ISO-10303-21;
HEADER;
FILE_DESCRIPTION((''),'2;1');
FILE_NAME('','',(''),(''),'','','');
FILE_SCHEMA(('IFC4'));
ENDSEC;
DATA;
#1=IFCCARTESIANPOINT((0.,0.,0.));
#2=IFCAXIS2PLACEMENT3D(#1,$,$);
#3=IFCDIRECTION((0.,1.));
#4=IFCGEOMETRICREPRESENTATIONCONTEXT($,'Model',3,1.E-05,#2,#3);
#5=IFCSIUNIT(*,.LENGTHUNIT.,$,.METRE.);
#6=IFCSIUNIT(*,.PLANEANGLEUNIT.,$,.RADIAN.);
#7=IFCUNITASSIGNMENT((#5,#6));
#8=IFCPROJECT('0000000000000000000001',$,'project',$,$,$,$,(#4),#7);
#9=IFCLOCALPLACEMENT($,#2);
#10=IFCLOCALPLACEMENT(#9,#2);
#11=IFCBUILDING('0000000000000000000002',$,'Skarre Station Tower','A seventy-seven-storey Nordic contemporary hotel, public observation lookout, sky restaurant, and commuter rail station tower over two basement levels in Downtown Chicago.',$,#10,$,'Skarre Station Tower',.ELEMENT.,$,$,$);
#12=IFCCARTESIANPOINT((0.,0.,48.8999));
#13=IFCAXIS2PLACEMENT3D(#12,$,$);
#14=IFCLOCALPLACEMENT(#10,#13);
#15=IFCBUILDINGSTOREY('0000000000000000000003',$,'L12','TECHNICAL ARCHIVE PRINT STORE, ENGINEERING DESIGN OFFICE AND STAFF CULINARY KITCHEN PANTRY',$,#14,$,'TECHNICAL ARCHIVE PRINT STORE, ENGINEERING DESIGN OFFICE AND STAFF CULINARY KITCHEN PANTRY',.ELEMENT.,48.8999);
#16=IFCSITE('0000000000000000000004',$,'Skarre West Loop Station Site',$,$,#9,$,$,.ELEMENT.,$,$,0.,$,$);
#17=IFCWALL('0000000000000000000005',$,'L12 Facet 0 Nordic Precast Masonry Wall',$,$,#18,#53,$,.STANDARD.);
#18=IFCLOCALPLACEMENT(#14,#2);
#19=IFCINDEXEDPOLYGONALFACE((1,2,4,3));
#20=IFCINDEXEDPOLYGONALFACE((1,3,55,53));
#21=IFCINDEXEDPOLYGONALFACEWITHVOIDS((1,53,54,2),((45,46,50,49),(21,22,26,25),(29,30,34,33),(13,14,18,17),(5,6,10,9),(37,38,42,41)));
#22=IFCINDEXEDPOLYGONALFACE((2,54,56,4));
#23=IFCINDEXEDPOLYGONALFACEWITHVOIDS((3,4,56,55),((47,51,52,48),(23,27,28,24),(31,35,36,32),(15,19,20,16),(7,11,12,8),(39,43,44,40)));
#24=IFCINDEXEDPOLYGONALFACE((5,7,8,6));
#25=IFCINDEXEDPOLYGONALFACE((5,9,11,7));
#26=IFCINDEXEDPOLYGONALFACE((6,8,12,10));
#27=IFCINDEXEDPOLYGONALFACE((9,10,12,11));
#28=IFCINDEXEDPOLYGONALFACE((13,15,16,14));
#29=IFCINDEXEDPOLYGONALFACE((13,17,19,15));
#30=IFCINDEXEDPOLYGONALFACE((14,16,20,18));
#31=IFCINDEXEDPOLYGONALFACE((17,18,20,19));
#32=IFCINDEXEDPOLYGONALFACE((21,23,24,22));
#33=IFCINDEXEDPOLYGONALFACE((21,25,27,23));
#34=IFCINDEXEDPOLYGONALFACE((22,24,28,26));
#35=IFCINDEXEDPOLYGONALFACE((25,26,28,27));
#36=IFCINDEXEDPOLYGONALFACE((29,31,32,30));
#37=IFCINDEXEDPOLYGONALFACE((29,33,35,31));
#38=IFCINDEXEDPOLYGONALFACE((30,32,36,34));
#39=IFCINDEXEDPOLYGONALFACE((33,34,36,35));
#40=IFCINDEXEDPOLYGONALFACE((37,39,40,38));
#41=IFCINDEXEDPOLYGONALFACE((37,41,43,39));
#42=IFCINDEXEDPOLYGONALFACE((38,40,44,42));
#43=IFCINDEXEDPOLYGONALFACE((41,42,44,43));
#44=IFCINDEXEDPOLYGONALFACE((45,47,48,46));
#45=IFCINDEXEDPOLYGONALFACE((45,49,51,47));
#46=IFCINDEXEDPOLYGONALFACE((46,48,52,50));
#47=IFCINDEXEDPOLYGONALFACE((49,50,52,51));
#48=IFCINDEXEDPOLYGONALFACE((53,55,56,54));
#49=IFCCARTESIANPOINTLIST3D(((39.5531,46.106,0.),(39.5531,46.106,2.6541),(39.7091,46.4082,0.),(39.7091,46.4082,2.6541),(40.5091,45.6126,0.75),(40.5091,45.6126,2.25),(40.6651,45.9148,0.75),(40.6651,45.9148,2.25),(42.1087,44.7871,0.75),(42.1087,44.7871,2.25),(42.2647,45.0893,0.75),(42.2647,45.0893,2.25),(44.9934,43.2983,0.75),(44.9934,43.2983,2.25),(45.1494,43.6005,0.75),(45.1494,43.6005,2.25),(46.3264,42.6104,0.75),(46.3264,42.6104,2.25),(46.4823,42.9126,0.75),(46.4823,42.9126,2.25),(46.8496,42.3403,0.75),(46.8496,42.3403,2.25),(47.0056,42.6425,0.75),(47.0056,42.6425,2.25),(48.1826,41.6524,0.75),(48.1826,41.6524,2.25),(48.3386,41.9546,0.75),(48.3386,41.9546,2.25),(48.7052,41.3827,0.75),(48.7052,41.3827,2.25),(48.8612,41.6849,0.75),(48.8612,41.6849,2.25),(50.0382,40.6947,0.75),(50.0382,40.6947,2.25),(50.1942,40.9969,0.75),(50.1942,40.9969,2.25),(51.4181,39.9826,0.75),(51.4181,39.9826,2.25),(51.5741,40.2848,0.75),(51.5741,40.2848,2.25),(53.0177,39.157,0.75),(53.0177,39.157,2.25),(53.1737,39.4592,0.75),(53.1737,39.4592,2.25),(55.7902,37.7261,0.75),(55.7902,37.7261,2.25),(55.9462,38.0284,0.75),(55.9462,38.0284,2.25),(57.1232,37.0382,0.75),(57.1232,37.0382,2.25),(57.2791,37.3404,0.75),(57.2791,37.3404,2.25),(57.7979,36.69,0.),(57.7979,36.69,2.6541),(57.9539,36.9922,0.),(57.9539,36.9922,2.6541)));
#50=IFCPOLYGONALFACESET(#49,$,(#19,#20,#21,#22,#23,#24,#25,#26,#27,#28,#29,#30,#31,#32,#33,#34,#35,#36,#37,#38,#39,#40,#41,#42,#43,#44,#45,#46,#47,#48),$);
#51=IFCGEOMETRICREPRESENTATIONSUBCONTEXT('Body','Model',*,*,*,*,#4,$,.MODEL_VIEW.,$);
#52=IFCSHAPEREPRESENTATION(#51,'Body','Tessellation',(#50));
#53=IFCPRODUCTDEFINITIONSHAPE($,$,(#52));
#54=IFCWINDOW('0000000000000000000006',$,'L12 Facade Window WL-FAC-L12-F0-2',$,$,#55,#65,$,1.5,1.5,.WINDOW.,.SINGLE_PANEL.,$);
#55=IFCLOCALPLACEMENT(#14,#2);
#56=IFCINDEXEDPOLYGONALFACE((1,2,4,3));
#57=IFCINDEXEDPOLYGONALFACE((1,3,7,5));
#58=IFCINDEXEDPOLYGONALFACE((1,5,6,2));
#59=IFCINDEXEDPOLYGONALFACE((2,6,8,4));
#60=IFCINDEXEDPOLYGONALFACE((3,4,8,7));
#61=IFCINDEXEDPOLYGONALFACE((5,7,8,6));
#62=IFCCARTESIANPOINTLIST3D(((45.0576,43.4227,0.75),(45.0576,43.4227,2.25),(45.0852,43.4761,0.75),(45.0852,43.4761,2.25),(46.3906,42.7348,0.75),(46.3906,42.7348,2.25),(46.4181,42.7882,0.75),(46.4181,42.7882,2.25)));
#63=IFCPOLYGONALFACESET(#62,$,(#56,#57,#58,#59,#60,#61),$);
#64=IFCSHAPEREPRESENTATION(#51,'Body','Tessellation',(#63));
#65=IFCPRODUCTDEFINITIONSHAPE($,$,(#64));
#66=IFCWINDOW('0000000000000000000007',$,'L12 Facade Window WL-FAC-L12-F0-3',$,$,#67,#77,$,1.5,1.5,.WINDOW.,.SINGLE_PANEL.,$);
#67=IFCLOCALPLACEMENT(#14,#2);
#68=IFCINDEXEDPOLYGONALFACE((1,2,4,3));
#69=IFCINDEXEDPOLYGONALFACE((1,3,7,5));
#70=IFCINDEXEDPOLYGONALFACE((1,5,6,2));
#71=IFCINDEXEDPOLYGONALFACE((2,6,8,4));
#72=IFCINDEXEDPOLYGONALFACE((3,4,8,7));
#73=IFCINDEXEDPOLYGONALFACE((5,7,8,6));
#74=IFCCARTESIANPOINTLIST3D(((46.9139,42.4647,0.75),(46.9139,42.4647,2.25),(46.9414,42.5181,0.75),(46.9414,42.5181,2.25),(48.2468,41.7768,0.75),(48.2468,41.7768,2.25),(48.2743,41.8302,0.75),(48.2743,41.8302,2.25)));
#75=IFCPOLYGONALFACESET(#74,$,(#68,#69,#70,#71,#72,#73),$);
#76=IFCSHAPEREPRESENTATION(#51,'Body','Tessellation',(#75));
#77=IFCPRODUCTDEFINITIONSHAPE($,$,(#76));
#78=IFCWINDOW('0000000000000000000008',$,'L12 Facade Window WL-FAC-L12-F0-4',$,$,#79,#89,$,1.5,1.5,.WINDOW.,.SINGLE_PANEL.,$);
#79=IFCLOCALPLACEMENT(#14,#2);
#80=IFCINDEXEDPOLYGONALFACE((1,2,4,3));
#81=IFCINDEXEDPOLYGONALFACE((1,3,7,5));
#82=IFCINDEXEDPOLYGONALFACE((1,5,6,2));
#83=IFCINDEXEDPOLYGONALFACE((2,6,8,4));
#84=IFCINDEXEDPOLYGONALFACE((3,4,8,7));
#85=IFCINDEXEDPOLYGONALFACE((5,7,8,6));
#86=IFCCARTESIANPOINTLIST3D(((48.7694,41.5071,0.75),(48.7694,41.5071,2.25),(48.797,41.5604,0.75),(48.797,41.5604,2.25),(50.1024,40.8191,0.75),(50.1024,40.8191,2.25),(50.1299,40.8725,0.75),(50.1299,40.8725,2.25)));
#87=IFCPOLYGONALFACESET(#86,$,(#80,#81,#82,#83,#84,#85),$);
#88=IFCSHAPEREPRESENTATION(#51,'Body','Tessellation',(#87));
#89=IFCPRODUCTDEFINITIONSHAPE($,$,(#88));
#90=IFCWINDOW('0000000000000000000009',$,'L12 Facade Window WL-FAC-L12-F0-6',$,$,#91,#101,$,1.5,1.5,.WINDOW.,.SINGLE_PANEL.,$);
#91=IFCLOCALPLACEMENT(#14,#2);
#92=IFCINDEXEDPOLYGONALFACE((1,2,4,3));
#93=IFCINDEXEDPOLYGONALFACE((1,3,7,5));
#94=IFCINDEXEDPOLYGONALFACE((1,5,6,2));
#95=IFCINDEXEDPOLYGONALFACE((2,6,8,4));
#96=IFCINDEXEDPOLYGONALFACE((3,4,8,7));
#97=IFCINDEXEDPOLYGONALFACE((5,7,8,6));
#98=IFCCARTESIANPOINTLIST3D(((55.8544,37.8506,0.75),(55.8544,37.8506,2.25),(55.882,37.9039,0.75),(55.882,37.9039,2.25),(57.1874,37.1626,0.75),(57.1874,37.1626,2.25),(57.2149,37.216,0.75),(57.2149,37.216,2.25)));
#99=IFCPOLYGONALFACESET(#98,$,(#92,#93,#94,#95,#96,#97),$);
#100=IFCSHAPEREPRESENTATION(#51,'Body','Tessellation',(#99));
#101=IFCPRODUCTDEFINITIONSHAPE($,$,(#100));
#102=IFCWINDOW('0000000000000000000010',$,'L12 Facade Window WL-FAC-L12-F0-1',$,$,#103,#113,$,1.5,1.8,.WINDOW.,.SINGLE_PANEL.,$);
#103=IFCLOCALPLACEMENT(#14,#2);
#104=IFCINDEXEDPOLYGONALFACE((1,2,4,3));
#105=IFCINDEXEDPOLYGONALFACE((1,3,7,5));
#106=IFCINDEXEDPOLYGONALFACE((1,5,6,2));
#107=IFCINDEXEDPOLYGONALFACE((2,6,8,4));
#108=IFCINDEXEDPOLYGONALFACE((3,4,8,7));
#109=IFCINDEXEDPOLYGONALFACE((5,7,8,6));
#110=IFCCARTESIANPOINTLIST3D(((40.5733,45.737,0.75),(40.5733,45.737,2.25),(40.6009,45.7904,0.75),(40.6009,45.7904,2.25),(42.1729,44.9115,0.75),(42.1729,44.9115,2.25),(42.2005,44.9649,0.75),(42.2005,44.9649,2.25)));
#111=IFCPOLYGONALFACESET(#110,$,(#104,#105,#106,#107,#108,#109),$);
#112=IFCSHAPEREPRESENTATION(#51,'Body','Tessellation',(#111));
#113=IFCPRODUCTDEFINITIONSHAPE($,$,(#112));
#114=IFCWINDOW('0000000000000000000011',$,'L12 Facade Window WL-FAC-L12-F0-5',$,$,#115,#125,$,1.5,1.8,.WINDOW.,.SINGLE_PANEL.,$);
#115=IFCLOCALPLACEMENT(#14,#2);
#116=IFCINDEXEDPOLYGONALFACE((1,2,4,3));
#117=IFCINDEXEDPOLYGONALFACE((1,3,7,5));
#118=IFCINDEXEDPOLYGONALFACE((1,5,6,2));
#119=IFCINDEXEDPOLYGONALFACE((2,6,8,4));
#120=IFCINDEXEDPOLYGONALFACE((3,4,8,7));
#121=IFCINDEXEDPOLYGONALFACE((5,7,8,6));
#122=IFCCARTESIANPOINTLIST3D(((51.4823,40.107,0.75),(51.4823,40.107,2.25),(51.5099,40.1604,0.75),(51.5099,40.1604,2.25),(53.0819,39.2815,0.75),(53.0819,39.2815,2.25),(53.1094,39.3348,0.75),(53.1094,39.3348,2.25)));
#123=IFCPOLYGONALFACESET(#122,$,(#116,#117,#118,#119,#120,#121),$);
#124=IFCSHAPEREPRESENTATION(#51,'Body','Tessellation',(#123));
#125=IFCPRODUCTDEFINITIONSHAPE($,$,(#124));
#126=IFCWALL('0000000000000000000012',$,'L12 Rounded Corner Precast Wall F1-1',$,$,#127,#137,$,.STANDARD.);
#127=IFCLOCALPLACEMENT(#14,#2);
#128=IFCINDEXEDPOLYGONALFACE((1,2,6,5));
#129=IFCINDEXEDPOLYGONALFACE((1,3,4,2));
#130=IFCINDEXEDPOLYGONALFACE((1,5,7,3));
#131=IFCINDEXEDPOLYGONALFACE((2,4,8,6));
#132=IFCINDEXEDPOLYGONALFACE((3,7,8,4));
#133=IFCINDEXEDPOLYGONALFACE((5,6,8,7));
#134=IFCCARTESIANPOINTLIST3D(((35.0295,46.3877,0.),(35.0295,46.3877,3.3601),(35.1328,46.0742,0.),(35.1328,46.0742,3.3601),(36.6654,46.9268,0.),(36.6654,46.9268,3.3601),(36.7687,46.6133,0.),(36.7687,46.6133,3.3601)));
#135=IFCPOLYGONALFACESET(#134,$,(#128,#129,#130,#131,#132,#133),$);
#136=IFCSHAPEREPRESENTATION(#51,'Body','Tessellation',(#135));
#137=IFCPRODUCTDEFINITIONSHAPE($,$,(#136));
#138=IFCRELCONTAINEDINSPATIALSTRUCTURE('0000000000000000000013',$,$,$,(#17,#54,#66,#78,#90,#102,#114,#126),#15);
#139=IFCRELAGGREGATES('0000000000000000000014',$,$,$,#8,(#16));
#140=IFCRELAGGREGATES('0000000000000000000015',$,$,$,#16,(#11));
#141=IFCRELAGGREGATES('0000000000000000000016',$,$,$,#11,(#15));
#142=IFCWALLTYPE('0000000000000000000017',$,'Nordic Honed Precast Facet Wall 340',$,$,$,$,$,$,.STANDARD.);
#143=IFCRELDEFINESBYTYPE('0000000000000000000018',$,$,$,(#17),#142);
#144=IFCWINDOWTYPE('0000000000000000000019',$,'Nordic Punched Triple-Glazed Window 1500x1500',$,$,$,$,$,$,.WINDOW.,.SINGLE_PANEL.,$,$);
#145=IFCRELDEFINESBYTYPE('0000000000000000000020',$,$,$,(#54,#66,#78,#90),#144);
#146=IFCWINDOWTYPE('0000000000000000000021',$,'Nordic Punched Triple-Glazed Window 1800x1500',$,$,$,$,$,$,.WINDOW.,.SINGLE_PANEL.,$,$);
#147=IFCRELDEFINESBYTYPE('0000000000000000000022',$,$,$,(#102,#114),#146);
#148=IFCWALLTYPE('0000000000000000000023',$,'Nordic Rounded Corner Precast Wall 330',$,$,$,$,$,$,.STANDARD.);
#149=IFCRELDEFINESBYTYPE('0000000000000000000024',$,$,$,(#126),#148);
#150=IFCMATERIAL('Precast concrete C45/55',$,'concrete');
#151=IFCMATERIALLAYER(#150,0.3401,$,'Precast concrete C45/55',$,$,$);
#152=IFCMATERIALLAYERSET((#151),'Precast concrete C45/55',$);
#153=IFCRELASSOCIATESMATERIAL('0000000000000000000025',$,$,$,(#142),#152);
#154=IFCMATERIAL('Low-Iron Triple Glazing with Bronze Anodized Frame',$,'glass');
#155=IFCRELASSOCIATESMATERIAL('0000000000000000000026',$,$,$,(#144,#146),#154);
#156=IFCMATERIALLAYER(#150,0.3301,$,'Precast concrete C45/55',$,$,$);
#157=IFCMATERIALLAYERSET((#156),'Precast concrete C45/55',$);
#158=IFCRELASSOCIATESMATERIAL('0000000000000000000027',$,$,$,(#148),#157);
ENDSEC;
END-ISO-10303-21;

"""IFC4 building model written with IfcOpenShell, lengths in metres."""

from ifc_helpers import new_model, si_unit, direction, frame, frame_2d, origin, place, context, subcontext, project, spatial, rectangle, extrude, material, layer, layer_set, type_object, element, fill, save


model = new_model("IFC4")

# Units and contexts
model_context = context("Model", 3, precision=1e-05, world=origin(), true_north=direction((0.0, 1.0)))
body_context = subcontext(model_context, "Body", "Model", "MODEL_VIEW")
ifc_project = project(units=[si_unit("LENGTHUNIT", "METRE"), si_unit("PLANEANGLEUNIT", "RADIAN")], contexts=[model_context])

# Site, building, storey
site_placement = place(None, origin())
site = spatial("IfcSite", under=ifc_project, at=site_placement, Name="Skarre West Loop Station Site", CompositionType="ELEMENT", RefElevation=0.0)
building_placement = place(site_placement, origin())
building = spatial("IfcBuilding", under=site, at=building_placement, Name="Skarre Station Tower", Description="A seventy-seven-storey Nordic contemporary hotel, public observation lookout, sky restaurant, and commuter rail station tower over two basement levels in Downtown Chicago.", LongName="Skarre Station Tower", CompositionType="ELEMENT")
storey_placement = place(building_placement, frame((0.0, 0.0, 48.8999)))
storey = spatial("IfcBuildingStorey", under=building, at=storey_placement, Name="L12", Description="TECHNICAL ARCHIVE PRINT STORE, ENGINEERING DESIGN OFFICE AND STAFF CULINARY KITCHEN PANTRY", LongName="TECHNICAL ARCHIVE PRINT STORE, ENGINEERING DESIGN OFFICE AND STAFF CULINARY KITCHEN PANTRY", CompositionType="ELEMENT", Elevation=48.8999)

# Wall, openings, windows
ifc_material_1 = material(Name="Precast concrete C45/55", Category="concrete")
ifc_layer_1 = layer(ifc_material_1, 0.3401, Name="Precast concrete C45/55")
ifc_layer_set_1 = layer_set([ifc_layer_1], Name="Precast concrete C45/55")
wall_type_1 = type_object("IfcWallType", Name="Nordic Honed Precast Facet Wall 340", PredefinedType="STANDARD", material=ifc_layer_set_1)
wall_1_placement = place(storey_placement, frame((39.6311, 46.2571, 0.0), z_axis=(0.0, 0.0, 1.0), x_axis=(0.888634, -0.458616, 0.0)))
wall_1 = element("IfcWall", 1, at=wall_1_placement, inside=storey, type_object=wall_type_1, Name="L12 Facet 0 Nordic Precast Masonry Wall", PredefinedType="STANDARD", context=body_context, shape_type="SweptSolid", body=[
    extrude(rectangle(XDim=20.5312, YDim=0.3401, at=frame_2d((10.2656, 0.0))), origin(), (0.0, 0.0, 1.0), 2.6541),
])
opening_1_placement = place(wall_1_placement, frame((1.0759, 0.0, 0.75)))
opening_1 = element("IfcOpeningElement", 2, at=opening_1_placement, cuts=wall_1, PredefinedType="OPENING", context=body_context, shape_type="SweptSolid", body=[
    extrude(rectangle(XDim=1.8, YDim=1.5, at=frame_2d((0.8999, 0.75))), frame((0.0, 0.1799, 0.0), z_axis=(0.0, -1.0, 0.0), x_axis=(1.0, 0.0, 0.0)), (0.0, 0.0, 1.0), 0.3601),
])
opening_2_placement = place(wall_1_placement, frame((6.1221, 0.0, 0.75)))
opening_2 = element("IfcOpeningElement", 3, at=opening_2_placement, cuts=wall_1, PredefinedType="OPENING", context=body_context, shape_type="SweptSolid", body=[
    extrude(rectangle(XDim=1.5, YDim=1.5, at=frame_2d((0.75, 0.75))), frame((0.0, 0.1799, 0.0), z_axis=(0.0, -1.0, 0.0), x_axis=(1.0, 0.0, 0.0)), (0.0, 0.0, 1.0), 0.3601),
])
opening_3_placement = place(wall_1_placement, frame((8.2109, 0.0, 0.75)))
opening_3 = element("IfcOpeningElement", 4, at=opening_3_placement, cuts=wall_1, PredefinedType="OPENING", context=body_context, shape_type="SweptSolid", body=[
    extrude(rectangle(XDim=1.5, YDim=1.5, at=frame_2d((0.75, 0.75))), frame((0.0, 0.1799, 0.0), z_axis=(0.0, -1.0, 0.0), x_axis=(1.0, 0.0, 0.0)), (0.0, 0.0, 1.0), 0.3601),
])
opening_4_placement = place(wall_1_placement, frame((10.2991, 0.0, 0.75)))
opening_4 = element("IfcOpeningElement", 5, at=opening_4_placement, cuts=wall_1, PredefinedType="OPENING", context=body_context, shape_type="SweptSolid", body=[
    extrude(rectangle(XDim=1.5, YDim=1.5, at=frame_2d((0.75, 0.75))), frame((0.0, 0.1799, 0.0), z_axis=(0.0, -1.0, 0.0), x_axis=(1.0, 0.0, 0.0)), (0.0, 0.0, 1.0), 0.3601),
])
opening_5_placement = place(wall_1_placement, frame((13.3521, 0.0, 0.75)))
opening_5 = element("IfcOpeningElement", 6, at=opening_5_placement, cuts=wall_1, PredefinedType="OPENING", context=body_context, shape_type="SweptSolid", body=[
    extrude(rectangle(XDim=1.8, YDim=1.5, at=frame_2d((0.8999, 0.75))), frame((0.0, 0.1799, 0.0), z_axis=(0.0, -1.0, 0.0), x_axis=(1.0, 0.0, 0.0)), (0.0, 0.0, 1.0), 0.3601),
])
opening_6_placement = place(wall_1_placement, frame((18.272, 0.0, 0.75)))
opening_6 = element("IfcOpeningElement", 7, at=opening_6_placement, cuts=wall_1, PredefinedType="OPENING", context=body_context, shape_type="SweptSolid", body=[
    extrude(rectangle(XDim=1.5, YDim=1.5, at=frame_2d((0.75, 0.75))), frame((0.0, 0.1799, 0.0), z_axis=(0.0, -1.0, 0.0), x_axis=(1.0, 0.0, 0.0)), (0.0, 0.0, 1.0), 0.3601),
])
ifc_material_2 = material(Name="Low-Iron Triple Glazing with Bronze Anodized Frame", Category="glass")
window_type_1 = type_object("IfcWindowType", Name="Nordic Punched Triple-Glazed Window 1500x1500", PartitioningType="SINGLE_PANEL", PredefinedType="WINDOW", material=ifc_material_2)
window_1_placement = place(opening_2_placement, origin())
window_1 = element("IfcWindow", 8, at=window_1_placement, inside=storey, type_object=window_type_1, Name="L12 Facade Window WL-FAC-L12-F0-2", OverallHeight=1.5, OverallWidth=1.5, PartitioningType="SINGLE_PANEL", PredefinedType="WINDOW", context=body_context, shape_type="SweptSolid", body=[
    extrude(rectangle(XDim=1.5, YDim=1.5, at=frame_2d((0.75, 0.75))), frame((0.0, 0.03, 0.0), z_axis=(0.0, -1.0, 0.0), x_axis=(1.0, 0.0, 0.0)), (0.0, 0.0, 1.0), 0.0601),
])
fill(opening_2, window_1)
window_2_placement = place(opening_3_placement, origin())
window_2 = element("IfcWindow", 9, at=window_2_placement, inside=storey, type_object=window_type_1, Name="L12 Facade Window WL-FAC-L12-F0-3", OverallHeight=1.5, OverallWidth=1.5, PartitioningType="SINGLE_PANEL", PredefinedType="WINDOW", context=body_context, shape_type="SweptSolid", body=[
    extrude(rectangle(XDim=1.5, YDim=1.5, at=frame_2d((0.75, 0.75))), frame((0.0, 0.03, 0.0), z_axis=(0.0, -1.0, 0.0), x_axis=(1.0, 0.0, 0.0)), (0.0, 0.0, 1.0), 0.0601),
])
fill(opening_3, window_2)
window_3_placement = place(opening_4_placement, origin())
window_3 = element("IfcWindow", 10, at=window_3_placement, inside=storey, type_object=window_type_1, Name="L12 Facade Window WL-FAC-L12-F0-4", OverallHeight=1.5, OverallWidth=1.5, PartitioningType="SINGLE_PANEL", PredefinedType="WINDOW", context=body_context, shape_type="SweptSolid", body=[
    extrude(rectangle(XDim=1.5, YDim=1.5, at=frame_2d((0.75, 0.75))), frame((0.0, 0.03, 0.0), z_axis=(0.0, -1.0, 0.0), x_axis=(1.0, 0.0, 0.0)), (0.0, 0.0, 1.0), 0.0601),
])
fill(opening_4, window_3)
window_4_placement = place(opening_6_placement, origin())
window_4 = element("IfcWindow", 11, at=window_4_placement, inside=storey, type_object=window_type_1, Name="L12 Facade Window WL-FAC-L12-F0-6", OverallHeight=1.5, OverallWidth=1.5, PartitioningType="SINGLE_PANEL", PredefinedType="WINDOW", context=body_context, shape_type="SweptSolid", body=[
    extrude(rectangle(XDim=1.5, YDim=1.5, at=frame_2d((0.75, 0.75))), frame((0.0, 0.03, 0.0), z_axis=(0.0, -1.0, 0.0), x_axis=(1.0, 0.0, 0.0)), (0.0, 0.0, 1.0), 0.0601),
])
fill(opening_6, window_4)
window_type_2 = type_object("IfcWindowType", Name="Nordic Punched Triple-Glazed Window 1800x1500", PartitioningType="SINGLE_PANEL", PredefinedType="WINDOW", material=ifc_material_2)
window_5_placement = place(opening_1_placement, origin())
window_5 = element("IfcWindow", 12, at=window_5_placement, inside=storey, type_object=window_type_2, Name="L12 Facade Window WL-FAC-L12-F0-1", OverallHeight=1.5, OverallWidth=1.8, PartitioningType="SINGLE_PANEL", PredefinedType="WINDOW", context=body_context, shape_type="SweptSolid", body=[
    extrude(rectangle(XDim=1.8, YDim=1.5, at=frame_2d((0.8999, 0.75))), frame((0.0, 0.03, 0.0), z_axis=(0.0, -1.0, 0.0), x_axis=(1.0, 0.0, 0.0)), (0.0, 0.0, 1.0), 0.0601),
])
fill(opening_1, window_5)
window_6_placement = place(opening_5_placement, origin())
window_6 = element("IfcWindow", 13, at=window_6_placement, inside=storey, type_object=window_type_2, Name="L12 Facade Window WL-FAC-L12-F0-5", OverallHeight=1.5, OverallWidth=1.8, PartitioningType="SINGLE_PANEL", PredefinedType="WINDOW", context=body_context, shape_type="SweptSolid", body=[
    extrude(rectangle(XDim=1.8, YDim=1.5, at=frame_2d((0.8999, 0.75))), frame((0.0, 0.03, 0.0), z_axis=(0.0, -1.0, 0.0), x_axis=(1.0, 0.0, 0.0)), (0.0, 0.0, 1.0), 0.0601),
])
fill(opening_5, window_6)

# Wall
ifc_layer_2 = layer(ifc_material_1, 0.3301, Name="Precast concrete C45/55")
ifc_layer_set_2 = layer_set([ifc_layer_2], Name="Precast concrete C45/55")
wall_type_2 = type_object("IfcWallType", Name="Nordic Rounded Corner Precast Wall 330", PredefinedType="STANDARD", material=ifc_layer_set_2)
wall_2_placement = place(storey_placement, frame((35.0811, 46.231, 0.0), z_axis=(0.0, 0.0, 1.0), x_axis=(0.949769, 0.312952, 0.0)))
element("IfcWall", 14, at=wall_2_placement, inside=storey, type_object=wall_type_2, Name="L12 Rounded Corner Precast Wall F1-1", PredefinedType="STANDARD", context=body_context, shape_type="SweptSolid", body=[
    extrude(rectangle(XDim=1.7224, YDim=0.3301, at=frame_2d((0.8613, 0.0))), origin(), (0.0, 0.0, 1.0), 3.3601),
])

save(model, "model.ifc")
